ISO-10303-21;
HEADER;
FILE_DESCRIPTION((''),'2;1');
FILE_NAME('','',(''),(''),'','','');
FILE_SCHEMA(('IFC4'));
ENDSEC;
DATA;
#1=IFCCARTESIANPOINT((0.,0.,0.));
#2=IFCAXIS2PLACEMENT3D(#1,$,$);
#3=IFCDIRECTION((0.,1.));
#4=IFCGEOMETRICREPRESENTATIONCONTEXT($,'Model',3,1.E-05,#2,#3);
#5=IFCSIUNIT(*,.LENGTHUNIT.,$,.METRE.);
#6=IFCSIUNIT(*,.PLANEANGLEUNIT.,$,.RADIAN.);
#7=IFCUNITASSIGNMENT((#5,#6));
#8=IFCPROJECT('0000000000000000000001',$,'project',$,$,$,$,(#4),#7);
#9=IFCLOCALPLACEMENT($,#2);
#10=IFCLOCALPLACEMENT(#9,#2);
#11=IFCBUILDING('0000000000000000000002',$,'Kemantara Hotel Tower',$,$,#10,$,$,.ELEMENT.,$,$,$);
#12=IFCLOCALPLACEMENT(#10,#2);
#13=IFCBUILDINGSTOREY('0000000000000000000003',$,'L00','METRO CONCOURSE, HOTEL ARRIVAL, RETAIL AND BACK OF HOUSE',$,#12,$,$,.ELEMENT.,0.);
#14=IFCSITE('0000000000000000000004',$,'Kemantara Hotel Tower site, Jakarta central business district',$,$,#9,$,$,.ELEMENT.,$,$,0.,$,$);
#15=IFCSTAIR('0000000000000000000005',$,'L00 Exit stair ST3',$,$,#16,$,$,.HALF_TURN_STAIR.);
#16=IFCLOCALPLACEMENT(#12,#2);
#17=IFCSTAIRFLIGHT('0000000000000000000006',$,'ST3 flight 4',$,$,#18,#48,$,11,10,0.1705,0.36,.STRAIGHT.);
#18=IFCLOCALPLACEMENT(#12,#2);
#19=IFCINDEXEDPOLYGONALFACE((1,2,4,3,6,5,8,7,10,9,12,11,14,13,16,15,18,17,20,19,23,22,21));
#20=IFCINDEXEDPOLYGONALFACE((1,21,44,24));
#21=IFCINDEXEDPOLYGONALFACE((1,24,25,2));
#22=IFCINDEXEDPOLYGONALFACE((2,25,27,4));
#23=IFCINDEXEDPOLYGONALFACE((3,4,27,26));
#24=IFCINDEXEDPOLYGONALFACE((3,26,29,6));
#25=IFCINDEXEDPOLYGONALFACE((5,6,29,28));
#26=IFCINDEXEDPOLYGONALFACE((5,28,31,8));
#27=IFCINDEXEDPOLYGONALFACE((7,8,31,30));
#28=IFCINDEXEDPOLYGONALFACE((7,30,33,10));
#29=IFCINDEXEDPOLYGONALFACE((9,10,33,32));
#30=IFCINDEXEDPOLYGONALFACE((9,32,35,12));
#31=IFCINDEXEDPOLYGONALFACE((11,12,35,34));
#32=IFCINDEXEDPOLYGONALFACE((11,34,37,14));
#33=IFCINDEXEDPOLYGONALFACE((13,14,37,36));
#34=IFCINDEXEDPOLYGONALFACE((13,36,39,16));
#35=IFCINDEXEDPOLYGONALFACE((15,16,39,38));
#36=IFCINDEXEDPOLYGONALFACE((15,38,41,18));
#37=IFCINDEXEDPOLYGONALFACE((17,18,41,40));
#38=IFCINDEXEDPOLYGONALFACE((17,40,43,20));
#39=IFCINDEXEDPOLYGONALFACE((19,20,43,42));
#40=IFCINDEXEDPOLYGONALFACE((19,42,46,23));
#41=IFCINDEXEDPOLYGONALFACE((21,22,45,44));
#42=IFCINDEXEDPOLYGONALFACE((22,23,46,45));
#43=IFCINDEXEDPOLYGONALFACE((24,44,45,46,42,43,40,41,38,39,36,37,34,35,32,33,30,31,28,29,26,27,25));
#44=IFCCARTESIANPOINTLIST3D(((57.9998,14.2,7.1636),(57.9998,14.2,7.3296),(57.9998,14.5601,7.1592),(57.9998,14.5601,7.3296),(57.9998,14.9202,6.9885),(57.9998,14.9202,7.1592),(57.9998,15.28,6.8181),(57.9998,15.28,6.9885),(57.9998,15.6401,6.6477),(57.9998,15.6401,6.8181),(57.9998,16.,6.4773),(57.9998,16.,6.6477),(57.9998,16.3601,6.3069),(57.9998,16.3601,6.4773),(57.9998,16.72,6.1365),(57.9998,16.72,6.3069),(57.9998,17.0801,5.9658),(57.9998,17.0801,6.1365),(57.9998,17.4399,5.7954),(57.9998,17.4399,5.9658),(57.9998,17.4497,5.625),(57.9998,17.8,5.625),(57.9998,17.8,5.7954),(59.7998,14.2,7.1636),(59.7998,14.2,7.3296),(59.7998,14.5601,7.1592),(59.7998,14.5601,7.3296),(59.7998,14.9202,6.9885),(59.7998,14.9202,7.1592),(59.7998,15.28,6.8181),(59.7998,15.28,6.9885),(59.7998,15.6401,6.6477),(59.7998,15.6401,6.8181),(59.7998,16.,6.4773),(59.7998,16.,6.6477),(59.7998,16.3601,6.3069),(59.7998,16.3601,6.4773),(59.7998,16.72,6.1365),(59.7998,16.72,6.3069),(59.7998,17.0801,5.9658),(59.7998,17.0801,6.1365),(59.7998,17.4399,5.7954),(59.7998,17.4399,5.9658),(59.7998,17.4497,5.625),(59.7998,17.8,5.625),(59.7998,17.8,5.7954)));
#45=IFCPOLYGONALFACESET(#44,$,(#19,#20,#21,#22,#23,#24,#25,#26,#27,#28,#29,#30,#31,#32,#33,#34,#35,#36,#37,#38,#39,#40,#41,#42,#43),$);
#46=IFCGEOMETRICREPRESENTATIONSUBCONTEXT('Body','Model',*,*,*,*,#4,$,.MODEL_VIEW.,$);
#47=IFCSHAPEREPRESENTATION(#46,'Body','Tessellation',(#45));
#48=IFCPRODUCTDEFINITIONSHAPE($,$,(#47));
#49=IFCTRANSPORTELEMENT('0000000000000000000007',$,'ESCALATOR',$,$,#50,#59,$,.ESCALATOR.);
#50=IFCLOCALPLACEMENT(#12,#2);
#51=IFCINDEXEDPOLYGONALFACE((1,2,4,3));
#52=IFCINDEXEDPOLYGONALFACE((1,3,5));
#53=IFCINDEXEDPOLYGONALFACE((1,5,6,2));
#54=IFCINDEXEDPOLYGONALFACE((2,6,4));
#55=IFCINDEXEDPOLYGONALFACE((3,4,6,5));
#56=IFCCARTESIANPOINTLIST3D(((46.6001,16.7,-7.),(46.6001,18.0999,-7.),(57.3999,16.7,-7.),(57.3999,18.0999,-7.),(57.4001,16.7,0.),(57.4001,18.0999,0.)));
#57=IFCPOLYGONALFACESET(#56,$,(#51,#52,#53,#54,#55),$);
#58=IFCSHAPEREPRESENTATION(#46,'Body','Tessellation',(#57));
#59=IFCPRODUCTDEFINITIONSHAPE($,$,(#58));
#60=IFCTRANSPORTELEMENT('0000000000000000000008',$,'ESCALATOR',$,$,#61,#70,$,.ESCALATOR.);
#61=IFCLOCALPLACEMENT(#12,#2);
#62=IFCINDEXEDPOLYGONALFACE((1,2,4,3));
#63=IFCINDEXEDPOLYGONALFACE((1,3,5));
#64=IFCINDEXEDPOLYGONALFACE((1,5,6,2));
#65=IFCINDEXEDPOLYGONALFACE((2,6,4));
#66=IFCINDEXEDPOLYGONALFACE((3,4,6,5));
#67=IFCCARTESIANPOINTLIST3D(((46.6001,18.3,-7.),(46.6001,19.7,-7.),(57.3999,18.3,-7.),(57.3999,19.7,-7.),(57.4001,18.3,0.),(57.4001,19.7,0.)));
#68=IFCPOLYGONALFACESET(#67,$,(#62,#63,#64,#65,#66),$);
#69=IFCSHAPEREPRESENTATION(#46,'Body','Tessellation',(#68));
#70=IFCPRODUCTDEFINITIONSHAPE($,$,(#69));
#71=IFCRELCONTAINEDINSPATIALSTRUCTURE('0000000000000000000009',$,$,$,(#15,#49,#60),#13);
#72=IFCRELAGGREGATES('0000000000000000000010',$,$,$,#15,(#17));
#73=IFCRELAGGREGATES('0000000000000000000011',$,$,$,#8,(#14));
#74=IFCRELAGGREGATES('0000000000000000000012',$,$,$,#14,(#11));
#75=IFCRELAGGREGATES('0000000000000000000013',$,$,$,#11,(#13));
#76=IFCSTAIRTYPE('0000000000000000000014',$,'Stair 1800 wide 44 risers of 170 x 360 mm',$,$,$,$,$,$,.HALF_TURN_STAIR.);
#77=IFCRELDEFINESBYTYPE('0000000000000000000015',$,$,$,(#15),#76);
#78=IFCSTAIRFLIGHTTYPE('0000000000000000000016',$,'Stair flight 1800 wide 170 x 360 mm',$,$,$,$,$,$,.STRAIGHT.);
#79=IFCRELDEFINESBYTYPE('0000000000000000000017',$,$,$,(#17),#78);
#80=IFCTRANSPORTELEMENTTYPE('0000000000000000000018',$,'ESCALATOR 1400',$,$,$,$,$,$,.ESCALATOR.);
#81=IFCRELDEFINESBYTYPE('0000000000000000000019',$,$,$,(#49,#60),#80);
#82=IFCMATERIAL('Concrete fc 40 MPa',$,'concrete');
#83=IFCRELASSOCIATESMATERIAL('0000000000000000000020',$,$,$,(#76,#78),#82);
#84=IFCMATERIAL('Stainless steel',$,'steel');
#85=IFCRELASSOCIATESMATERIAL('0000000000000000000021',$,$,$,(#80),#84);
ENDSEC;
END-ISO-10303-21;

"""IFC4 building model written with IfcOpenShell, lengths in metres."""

from ifc_helpers import new_model, si_unit, direction, frame, origin, place, context, subcontext, project, spatial, polyline, outline, extrude, material, type_object, element, aggregate, save


model = new_model("IFC4")

# Units and contexts
model_context = context("Model", 3, precision=1e-05, world=origin(), true_north=direction((0.0, 1.0)))
body_context = subcontext(model_context, "Body", "Model", "MODEL_VIEW")
ifc_project = project(units=[si_unit("LENGTHUNIT", "METRE"), si_unit("PLANEANGLEUNIT", "RADIAN")], contexts=[model_context])

# Site, building, storey
site_placement = place(None, origin())
site = spatial("IfcSite", under=ifc_project, at=site_placement, Name="Kemantara Hotel Tower site, Jakarta central business district", CompositionType="ELEMENT", RefElevation=0.0)
building_placement = place(site_placement, origin())
building = spatial("IfcBuilding", under=site, at=building_placement, Name="Kemantara Hotel Tower", CompositionType="ELEMENT")
storey_placement = place(building_placement, origin())
storey = spatial("IfcBuildingStorey", under=building, at=storey_placement, Name="L00", Description="METRO CONCOURSE, HOTEL ARRIVAL, RETAIL AND BACK OF HOUSE", CompositionType="ELEMENT", Elevation=0.0)

# Shared definitions
ifc_material_1 = material(Name="Concrete fc 40 MPa", Category="concrete")

# Stair, stair flight
stair_type = type_object("IfcStairType", Name="Stair 1800 wide 44 risers of 170 x 360 mm", PredefinedType="HALF_TURN_STAIR", material=ifc_material_1)
stair_placement = place(storey_placement, origin())
stair = element("IfcStair", 1, at=stair_placement, inside=storey, type_object=stair_type, Name="L00 Exit stair ST3", PredefinedType="HALF_TURN_STAIR")
stair_flight_type = type_object("IfcStairFlightType", Name="Stair flight 1800 wide 170 x 360 mm", PredefinedType="STRAIGHT", material=ifc_material_1)
stair_flight_1_placement = place(storey_placement, frame((58.8999, 17.8, 5.625), z_axis=(0.0, 0.0, 1.0), x_axis=(0.0, -1.0, 0.0)))
stair_flight_1 = element("IfcStairFlight", 2, at=stair_flight_1_placement, type_object=stair_flight_type, Name="ST3 flight 4", NumberOfRisers=11, NumberOfTreads=10, PredefinedType="STRAIGHT", RiserHeight=0.1705, TreadLength=0.36, context=body_context, shape_type="SweptSolid", body=[
    extrude(outline(polyline([(0.0, 0.0), (0.0, 0.1704), (0.3601, 0.1704), (0.3601, 0.3408), (0.72, 0.3408), (0.72, 0.5115), (1.0801, 0.5115), (1.0801, 0.6819), (1.4399, 0.6819), (1.4399, 0.8523), (1.8, 0.8523), (1.8, 1.0227), (2.1599, 1.0227), (2.1599, 1.1931), (2.52, 1.1931), (2.52, 1.3635), (2.8799, 1.3635), (2.8799, 1.5342), (3.24, 1.5342), (3.24, 1.7046), (3.6001, 1.7046), (3.6001, 1.875), (3.6001, 1.5386), (0.3503, 0.0), (0.0, 0.0)])), frame((0.0, 0.8999, 0.0), z_axis=(0.0, -1.0, 0.0), x_axis=(1.0, 0.0, 0.0)), (0.0, 0.0, 1.0), 1.8),
])
aggregate(stair, [stair_flight_1])

# Transport elements
ifc_material_2 = material(Name="Stainless steel", Category="steel")
transport_element_type = type_object("IfcTransportElementType", Name="ESCALATOR 1400", PredefinedType="ESCALATOR", material=ifc_material_2)
for number, where, z_axis, x_axis, name in (
    (3, (46.6001, 17.3999, -7.0), (0.0, 0.0, 1.0), (1.0, 0.0, 0.0), "ESCALATOR"),
    (4, (46.6001, 19.0, -7.0), (0.0, 0.0, 1.0), (1.0, 0.0, 0.0), "ESCALATOR"),
):
    element("IfcTransportElement", number, at=place(storey_placement, frame(where, z_axis=z_axis, x_axis=x_axis)), inside=storey, type_object=transport_element_type, Name=name, PredefinedType="ESCALATOR", context=body_context, shape_type="SweptSolid", body=[
        extrude(outline(polyline([(0.0, 0.0), (10.7998, 0.0), (10.8, 7.0), (0.0, 0.0), (0.0, 0.0)])), frame((0.0, 0.7, 0.0), z_axis=(0.0, -1.0, 0.0), x_axis=(1.0, 0.0, 0.0)), (0.0, 0.0, 1.0), 1.3999),
    ])

save(model, "model.ifc")
